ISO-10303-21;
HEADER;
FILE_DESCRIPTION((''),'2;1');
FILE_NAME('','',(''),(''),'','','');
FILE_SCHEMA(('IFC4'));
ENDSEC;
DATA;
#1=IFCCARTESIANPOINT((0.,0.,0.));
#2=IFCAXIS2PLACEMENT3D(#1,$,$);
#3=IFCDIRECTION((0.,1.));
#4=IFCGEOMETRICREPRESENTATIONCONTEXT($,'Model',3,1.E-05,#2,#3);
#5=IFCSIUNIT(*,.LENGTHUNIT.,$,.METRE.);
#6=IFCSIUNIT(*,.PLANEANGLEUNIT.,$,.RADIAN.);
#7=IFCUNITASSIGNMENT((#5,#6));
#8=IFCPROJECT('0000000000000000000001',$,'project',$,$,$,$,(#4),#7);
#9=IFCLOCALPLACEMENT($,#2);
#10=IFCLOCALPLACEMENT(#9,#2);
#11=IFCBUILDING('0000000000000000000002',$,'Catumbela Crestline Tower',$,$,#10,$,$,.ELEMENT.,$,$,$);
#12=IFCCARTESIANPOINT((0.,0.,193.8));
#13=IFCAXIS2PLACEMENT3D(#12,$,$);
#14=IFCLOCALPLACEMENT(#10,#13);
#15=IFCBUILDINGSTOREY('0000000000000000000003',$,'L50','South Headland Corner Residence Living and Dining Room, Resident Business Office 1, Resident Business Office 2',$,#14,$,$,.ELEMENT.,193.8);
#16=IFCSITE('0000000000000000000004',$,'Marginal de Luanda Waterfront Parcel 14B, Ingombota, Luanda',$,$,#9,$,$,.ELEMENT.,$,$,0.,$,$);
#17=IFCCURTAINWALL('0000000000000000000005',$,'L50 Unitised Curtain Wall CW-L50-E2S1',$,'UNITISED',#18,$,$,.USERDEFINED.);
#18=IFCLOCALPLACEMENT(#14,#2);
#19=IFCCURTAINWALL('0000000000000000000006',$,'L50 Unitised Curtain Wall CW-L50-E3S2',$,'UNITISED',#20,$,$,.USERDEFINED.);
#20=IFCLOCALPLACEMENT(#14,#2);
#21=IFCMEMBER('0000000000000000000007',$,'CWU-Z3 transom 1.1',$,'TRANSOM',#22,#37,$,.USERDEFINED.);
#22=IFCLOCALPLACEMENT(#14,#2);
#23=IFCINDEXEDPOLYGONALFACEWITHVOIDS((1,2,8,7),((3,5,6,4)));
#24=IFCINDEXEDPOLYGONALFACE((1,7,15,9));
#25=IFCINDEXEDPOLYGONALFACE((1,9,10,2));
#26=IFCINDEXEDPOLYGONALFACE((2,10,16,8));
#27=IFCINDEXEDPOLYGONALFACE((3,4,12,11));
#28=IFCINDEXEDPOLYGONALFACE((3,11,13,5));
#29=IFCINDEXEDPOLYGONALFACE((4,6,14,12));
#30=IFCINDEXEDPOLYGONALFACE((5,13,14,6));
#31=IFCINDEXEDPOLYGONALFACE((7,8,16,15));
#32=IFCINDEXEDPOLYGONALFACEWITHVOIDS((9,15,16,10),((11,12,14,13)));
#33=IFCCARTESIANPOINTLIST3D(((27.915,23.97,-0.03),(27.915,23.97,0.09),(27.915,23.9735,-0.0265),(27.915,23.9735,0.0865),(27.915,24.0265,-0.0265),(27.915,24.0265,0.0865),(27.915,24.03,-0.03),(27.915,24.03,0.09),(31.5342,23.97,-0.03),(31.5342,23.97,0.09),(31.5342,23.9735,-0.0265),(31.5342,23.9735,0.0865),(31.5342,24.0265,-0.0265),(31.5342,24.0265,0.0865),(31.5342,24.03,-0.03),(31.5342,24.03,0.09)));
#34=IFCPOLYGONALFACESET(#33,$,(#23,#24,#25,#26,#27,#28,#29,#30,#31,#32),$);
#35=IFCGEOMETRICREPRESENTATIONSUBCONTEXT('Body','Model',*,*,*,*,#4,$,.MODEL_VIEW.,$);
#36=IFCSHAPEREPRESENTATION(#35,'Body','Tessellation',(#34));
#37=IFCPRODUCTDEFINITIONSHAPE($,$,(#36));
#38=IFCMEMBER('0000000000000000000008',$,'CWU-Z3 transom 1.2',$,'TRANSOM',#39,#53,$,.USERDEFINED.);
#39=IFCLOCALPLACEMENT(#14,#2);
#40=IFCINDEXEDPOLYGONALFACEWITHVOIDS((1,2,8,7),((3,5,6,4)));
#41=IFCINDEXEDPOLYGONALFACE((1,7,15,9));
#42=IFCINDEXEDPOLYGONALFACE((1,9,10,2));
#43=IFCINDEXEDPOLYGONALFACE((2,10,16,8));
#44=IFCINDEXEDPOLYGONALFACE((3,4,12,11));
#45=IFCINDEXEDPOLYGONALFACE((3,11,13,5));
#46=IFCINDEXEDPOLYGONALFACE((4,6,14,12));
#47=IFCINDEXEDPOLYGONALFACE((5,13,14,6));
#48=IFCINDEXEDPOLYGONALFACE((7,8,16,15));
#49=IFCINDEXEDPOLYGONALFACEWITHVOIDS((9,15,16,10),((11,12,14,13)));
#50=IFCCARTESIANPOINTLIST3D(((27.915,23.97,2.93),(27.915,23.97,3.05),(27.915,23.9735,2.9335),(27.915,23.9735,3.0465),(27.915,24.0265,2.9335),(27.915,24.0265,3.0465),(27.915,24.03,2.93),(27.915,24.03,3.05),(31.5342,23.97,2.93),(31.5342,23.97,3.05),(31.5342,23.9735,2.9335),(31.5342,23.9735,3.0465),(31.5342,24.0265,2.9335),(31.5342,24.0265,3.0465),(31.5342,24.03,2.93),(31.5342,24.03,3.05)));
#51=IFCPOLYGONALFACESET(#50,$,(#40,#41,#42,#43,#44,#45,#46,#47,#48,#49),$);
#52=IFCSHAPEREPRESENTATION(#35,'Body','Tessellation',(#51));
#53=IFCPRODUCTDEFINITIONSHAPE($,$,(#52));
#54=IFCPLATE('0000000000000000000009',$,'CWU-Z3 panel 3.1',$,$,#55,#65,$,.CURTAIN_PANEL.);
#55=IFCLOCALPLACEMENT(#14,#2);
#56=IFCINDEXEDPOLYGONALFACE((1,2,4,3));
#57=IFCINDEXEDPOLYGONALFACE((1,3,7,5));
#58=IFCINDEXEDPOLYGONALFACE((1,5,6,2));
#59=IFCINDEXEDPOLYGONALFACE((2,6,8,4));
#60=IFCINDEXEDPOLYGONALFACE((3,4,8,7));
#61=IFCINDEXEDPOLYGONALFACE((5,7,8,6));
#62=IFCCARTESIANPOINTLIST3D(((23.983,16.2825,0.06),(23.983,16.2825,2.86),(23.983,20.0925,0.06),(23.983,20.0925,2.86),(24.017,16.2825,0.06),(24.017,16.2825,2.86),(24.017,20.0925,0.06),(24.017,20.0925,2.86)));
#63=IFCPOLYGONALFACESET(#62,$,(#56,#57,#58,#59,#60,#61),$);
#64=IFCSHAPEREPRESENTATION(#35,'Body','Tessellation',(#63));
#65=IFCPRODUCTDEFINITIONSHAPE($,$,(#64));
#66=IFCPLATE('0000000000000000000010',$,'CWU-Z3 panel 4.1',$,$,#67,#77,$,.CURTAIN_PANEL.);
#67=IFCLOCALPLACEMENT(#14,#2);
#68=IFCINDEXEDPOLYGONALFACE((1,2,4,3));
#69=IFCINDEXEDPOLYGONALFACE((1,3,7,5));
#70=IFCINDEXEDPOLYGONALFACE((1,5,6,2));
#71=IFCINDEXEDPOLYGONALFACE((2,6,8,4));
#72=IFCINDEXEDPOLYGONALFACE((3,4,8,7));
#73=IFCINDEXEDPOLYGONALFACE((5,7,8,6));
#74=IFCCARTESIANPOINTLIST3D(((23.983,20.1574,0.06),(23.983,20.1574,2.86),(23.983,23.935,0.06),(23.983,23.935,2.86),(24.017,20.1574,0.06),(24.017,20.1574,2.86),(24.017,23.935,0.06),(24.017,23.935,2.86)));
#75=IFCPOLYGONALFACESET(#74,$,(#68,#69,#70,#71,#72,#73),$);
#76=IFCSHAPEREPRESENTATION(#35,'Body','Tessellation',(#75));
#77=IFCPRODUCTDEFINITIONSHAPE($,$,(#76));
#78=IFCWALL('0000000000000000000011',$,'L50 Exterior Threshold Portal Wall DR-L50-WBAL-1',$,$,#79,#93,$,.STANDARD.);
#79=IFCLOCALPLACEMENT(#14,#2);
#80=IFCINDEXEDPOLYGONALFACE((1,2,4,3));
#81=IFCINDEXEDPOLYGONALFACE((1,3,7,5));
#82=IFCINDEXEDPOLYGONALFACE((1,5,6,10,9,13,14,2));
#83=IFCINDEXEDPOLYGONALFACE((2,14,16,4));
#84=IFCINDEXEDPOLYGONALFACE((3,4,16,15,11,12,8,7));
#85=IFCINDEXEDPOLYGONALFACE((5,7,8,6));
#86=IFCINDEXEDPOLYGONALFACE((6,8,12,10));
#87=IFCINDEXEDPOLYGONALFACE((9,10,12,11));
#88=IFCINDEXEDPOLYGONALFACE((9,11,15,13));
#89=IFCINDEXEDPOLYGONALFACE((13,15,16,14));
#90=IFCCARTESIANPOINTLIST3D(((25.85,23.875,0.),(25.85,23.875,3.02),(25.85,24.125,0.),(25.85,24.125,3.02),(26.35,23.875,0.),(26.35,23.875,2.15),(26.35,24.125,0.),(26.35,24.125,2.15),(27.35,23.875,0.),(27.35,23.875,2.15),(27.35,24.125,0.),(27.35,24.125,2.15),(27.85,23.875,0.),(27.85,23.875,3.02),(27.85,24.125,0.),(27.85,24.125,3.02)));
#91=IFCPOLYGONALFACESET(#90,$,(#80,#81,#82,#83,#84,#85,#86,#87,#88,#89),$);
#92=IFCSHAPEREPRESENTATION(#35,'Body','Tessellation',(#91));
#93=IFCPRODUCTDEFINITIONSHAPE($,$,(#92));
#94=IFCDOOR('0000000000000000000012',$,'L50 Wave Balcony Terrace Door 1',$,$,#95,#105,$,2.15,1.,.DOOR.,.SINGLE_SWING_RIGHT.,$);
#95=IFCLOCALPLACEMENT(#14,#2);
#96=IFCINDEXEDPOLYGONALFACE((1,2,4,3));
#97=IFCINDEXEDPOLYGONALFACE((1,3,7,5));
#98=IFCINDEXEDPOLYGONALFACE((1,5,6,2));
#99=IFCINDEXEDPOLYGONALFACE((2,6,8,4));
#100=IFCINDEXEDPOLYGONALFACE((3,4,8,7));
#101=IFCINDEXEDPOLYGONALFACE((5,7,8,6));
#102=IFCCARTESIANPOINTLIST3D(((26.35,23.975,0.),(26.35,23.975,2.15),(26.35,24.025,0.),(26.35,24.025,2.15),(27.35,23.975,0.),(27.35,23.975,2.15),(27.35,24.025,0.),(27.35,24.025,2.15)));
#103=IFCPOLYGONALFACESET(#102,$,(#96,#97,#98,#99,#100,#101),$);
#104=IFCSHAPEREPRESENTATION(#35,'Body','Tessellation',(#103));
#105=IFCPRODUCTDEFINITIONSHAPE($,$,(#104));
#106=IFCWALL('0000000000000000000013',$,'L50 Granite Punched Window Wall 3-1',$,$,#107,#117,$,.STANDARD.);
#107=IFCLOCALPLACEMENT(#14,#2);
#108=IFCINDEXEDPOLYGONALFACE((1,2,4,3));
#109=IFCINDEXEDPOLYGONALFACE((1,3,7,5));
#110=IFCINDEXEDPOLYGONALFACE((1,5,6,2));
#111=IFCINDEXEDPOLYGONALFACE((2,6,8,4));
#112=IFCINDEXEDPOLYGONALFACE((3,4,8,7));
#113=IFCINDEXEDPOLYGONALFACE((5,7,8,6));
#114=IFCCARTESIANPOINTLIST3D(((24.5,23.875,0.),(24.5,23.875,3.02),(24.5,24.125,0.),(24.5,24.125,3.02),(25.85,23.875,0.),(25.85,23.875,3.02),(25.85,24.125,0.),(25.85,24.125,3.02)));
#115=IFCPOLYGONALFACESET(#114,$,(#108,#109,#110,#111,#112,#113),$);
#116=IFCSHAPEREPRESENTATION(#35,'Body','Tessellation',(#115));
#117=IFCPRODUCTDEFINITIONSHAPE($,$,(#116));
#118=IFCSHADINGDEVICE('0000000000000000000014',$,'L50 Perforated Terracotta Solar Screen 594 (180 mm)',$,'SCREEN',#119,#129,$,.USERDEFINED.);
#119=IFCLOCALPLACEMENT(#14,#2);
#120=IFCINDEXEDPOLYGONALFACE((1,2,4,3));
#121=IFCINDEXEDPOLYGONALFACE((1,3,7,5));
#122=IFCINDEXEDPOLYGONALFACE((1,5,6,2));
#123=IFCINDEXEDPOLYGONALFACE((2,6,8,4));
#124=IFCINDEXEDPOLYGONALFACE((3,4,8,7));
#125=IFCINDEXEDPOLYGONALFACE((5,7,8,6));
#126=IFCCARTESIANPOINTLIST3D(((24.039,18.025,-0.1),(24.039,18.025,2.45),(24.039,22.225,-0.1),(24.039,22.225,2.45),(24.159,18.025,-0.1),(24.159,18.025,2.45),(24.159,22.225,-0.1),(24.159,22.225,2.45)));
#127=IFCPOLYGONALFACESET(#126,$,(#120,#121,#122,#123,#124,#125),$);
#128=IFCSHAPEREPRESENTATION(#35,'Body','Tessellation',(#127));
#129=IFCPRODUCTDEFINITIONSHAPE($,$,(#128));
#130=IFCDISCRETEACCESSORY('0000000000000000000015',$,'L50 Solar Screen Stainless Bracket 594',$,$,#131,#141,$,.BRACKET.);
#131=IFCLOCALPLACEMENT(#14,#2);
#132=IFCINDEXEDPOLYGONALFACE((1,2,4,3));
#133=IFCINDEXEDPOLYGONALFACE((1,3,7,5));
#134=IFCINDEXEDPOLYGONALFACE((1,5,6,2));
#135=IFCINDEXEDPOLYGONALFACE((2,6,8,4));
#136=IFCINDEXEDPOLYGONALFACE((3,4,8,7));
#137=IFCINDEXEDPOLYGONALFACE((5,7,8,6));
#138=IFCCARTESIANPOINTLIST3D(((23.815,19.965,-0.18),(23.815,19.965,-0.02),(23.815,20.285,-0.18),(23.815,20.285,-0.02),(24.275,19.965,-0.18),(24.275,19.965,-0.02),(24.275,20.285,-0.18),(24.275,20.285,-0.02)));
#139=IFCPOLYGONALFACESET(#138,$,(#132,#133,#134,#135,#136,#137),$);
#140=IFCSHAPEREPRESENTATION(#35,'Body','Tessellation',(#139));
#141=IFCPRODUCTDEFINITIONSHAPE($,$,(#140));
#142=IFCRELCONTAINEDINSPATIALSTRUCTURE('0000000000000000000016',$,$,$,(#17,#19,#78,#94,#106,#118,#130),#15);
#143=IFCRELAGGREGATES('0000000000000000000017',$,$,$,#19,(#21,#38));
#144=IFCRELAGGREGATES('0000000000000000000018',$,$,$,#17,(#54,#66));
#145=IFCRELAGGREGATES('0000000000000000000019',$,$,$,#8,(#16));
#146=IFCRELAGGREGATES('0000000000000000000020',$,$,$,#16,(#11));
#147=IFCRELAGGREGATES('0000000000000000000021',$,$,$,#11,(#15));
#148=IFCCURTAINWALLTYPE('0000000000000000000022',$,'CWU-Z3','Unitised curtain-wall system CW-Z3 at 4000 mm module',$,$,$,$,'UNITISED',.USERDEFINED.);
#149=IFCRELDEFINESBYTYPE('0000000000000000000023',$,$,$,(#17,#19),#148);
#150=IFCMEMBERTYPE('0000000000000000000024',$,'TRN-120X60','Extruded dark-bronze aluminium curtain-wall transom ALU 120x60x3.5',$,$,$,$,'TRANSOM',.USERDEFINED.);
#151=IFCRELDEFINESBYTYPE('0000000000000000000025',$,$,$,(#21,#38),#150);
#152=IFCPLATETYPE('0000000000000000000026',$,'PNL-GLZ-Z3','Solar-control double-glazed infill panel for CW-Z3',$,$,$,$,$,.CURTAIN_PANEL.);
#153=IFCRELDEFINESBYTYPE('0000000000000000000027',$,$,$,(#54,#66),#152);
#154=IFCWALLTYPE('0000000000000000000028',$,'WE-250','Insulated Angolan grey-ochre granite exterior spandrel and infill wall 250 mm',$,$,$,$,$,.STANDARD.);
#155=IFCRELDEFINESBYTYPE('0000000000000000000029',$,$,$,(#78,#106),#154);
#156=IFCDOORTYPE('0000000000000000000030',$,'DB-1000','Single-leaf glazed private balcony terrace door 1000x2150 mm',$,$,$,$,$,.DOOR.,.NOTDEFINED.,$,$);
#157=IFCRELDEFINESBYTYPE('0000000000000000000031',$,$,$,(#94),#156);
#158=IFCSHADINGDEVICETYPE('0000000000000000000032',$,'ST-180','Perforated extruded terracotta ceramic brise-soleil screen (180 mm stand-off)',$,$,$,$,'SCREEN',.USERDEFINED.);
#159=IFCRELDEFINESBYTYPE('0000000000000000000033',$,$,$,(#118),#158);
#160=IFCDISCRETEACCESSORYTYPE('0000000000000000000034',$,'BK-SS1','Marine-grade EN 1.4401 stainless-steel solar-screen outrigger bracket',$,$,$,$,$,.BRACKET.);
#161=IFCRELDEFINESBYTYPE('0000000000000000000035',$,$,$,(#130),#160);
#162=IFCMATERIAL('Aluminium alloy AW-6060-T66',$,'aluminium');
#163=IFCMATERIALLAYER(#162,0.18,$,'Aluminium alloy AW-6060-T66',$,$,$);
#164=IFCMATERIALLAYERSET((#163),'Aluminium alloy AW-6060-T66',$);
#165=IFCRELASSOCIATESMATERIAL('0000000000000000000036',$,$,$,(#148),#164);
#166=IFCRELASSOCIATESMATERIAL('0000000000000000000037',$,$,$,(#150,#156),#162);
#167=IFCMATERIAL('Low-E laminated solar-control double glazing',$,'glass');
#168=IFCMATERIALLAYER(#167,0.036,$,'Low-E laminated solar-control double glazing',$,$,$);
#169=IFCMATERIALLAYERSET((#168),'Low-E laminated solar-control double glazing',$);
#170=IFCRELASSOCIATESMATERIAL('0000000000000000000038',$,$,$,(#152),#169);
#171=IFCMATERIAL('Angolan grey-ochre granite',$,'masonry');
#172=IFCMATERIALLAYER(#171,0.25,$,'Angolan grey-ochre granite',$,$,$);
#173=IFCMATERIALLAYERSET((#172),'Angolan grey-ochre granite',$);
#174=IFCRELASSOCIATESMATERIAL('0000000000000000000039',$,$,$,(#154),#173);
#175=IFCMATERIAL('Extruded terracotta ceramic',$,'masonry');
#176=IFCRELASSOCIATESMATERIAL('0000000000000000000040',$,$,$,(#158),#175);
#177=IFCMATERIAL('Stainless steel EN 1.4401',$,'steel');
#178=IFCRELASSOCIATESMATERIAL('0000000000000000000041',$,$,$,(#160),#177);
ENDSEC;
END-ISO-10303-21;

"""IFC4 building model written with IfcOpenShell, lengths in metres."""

from ifc_helpers import new_model, si_unit, direction, frame, frame_2d, origin, origin_2d, place, context, subcontext, project, spatial, rectangle, hollow_rectangle, extrude, material, layer, layer_set, material_profile, profile_set, type_object, element, fill, aggregate, save


model = new_model("IFC4")

# Units and contexts
model_context = context("Model", 3, precision=1e-05, world=origin(), true_north=direction((0.0, 1.0)))
body_context = subcontext(model_context, "Body", "Model", "MODEL_VIEW")
ifc_project = project(units=[si_unit("LENGTHUNIT", "METRE"), si_unit("PLANEANGLEUNIT", "RADIAN")], contexts=[model_context])

# Site, building, storey
site_placement = place(None, origin())
site = spatial("IfcSite", under=ifc_project, at=site_placement, Name="Marginal de Luanda Waterfront Parcel 14B, Ingombota, Luanda", CompositionType="ELEMENT", RefElevation=0.0)
building_placement = place(site_placement, origin())
building = spatial("IfcBuilding", under=site, at=building_placement, Name="Catumbela Crestline Tower", CompositionType="ELEMENT")
storey_placement = place(building_placement, frame((0.0, 0.0, 193.8)))
storey = spatial("IfcBuildingStorey", under=building, at=storey_placement, Name="L50", Description="South Headland Corner Residence Living and Dining Room, Resident Business Office 1, Resident Business Office 2", CompositionType="ELEMENT", Elevation=193.8)

# Curtain wall
ifc_material_1 = material(Name="Aluminium alloy AW-6060-T66", Category="aluminium")
ifc_layer_1 = layer(ifc_material_1, 0.18, Name="Aluminium alloy AW-6060-T66")
ifc_layer_set_1 = layer_set([ifc_layer_1], Name="Aluminium alloy AW-6060-T66")
curtain_wall_type = type_object("IfcCurtainWallType", Name="CWU-Z3", Description="Unitised curtain-wall system CW-Z3 at 4000 mm module", ElementType="UNITISED", PredefinedType="USERDEFINED", material=ifc_layer_set_1)
curtain_wall_1_placement = place(storey_placement, origin())
curtain_wall_1 = element("IfcCurtainWall", 1, at=curtain_wall_1_placement, inside=storey, type_object=curtain_wall_type, Name="L50 Unitised Curtain Wall CW-L50-E2S1", ObjectType="UNITISED", PredefinedType="USERDEFINED")

# Curtain wall
curtain_wall_2_placement = place(storey_placement, origin())
curtain_wall_2 = element("IfcCurtainWall", 2, at=curtain_wall_2_placement, inside=storey, type_object=curtain_wall_type, Name="L50 Unitised Curtain Wall CW-L50-E3S2", ObjectType="UNITISED", PredefinedType="USERDEFINED")

# Members
ifc_material_profile_1 = material_profile(ifc_material_1, hollow_rectangle(XDim=0.06, YDim=0.12, WallThickness=0.0035, at=origin_2d()), Name="ALU 120x60x3.5")
ifc_profile_set_1 = profile_set([ifc_material_profile_1], Name="Aluminium alloy AW-6060-T66")
member_type_1 = type_object("IfcMemberType", Name="TRN-120X60", Description="Extruded dark-bronze aluminium curtain-wall transom ALU 120x60x3.5", ElementType="TRANSOM", PredefinedType="USERDEFINED", material=ifc_profile_set_1)
member_1_placement = place(storey_placement, frame((27.915, 24.0, 0.03), z_axis=(1.0, 0.0, 0.0), x_axis=(0.0, 1.0, 0.0)))
member_1 = element("IfcMember", 3, at=member_1_placement, type_object=member_type_1, Name="CWU-Z3 transom 1.1", ObjectType="TRANSOM", PredefinedType="USERDEFINED", context=body_context, shape_type="SweptSolid", body=[
    extrude(hollow_rectangle(XDim=0.06, YDim=0.12, WallThickness=0.0035, at=origin_2d()), origin(), (0.0, 0.0, 1.0), 3.6192),
])
member_2_placement = place(storey_placement, frame((27.915, 24.0, 2.99), z_axis=(1.0, 0.0, 0.0), x_axis=(0.0, 1.0, 0.0)))
member_2 = element("IfcMember", 4, at=member_2_placement, type_object=member_type_1, Name="CWU-Z3 transom 1.2", ObjectType="TRANSOM", PredefinedType="USERDEFINED", context=body_context, shape_type="SweptSolid", body=[
    extrude(hollow_rectangle(XDim=0.06, YDim=0.12, WallThickness=0.0035, at=origin_2d()), origin(), (0.0, 0.0, 1.0), 3.6192),
])
aggregate(curtain_wall_2, [member_1, member_2])

# Plates
ifc_material_2 = material(Name="Low-E laminated solar-control double glazing", Category="glass")
ifc_layer_2 = layer(ifc_material_2, 0.036, Name="Low-E laminated solar-control double glazing")
ifc_layer_set_2 = layer_set([ifc_layer_2], Name="Low-E laminated solar-control double glazing")
plate_type = type_object("IfcPlateType", Name="PNL-GLZ-Z3", Description="Solar-control double-glazed infill panel for CW-Z3", PredefinedType="CURTAIN_PANEL", material=ifc_layer_set_2)
plate_1_placement = place(storey_placement, frame((24.0, 18.1875, 0.06), z_axis=(0.0, 0.0, 1.0), x_axis=(0.0, 1.0, 0.0)))
plate_1 = element("IfcPlate", 5, at=plate_1_placement, type_object=plate_type, Name="CWU-Z3 panel 3.1", PredefinedType="CURTAIN_PANEL", context=body_context, shape_type="SweptSolid", body=[
    extrude(rectangle(XDim=3.81, YDim=0.034, at=origin_2d()), origin(), (0.0, 0.0, 1.0), 2.8),
])
plate_2_placement = place(storey_placement, frame((24.0, 22.0462, 0.06), z_axis=(0.0, 0.0, 1.0), x_axis=(0.0, 1.0, 0.0)))
plate_2 = element("IfcPlate", 6, at=plate_2_placement, type_object=plate_type, Name="CWU-Z3 panel 4.1", PredefinedType="CURTAIN_PANEL", context=body_context, shape_type="SweptSolid", body=[
    extrude(rectangle(XDim=3.7775, YDim=0.034, at=origin_2d()), origin(), (0.0, 0.0, 1.0), 2.8),
])
aggregate(curtain_wall_1, [plate_1, plate_2])

# Wall, opening, door
ifc_material_3 = material(Name="Angolan grey-ochre granite", Category="masonry")
ifc_layer_3 = layer(ifc_material_3, 0.25, Name="Angolan grey-ochre granite")
ifc_layer_set_3 = layer_set([ifc_layer_3], Name="Angolan grey-ochre granite")
wall_type = type_object("IfcWallType", Name="WE-250", Description="Insulated Angolan grey-ochre granite exterior spandrel and infill wall 250 mm", PredefinedType="STANDARD", material=ifc_layer_set_3)
wall_1_placement = place(storey_placement, frame((25.85, 24.0, 0.0), z_axis=(0.0, 0.0, 1.0), x_axis=(1.0, 0.0, 0.0)))
wall_1 = element("IfcWall", 7, at=wall_1_placement, inside=storey, type_object=wall_type, Name="L50 Exterior Threshold Portal Wall DR-L50-WBAL-1", PredefinedType="STANDARD", context=body_context, shape_type="SweptSolid", body=[
    extrude(rectangle(XDim=2.0, YDim=0.25, at=frame_2d((1.0, 0.0))), origin(), (0.0, 0.0, 1.0), 3.02),
])
opening_placement = place(wall_1_placement, frame((0.5, 0.0, 0.0)))
opening = element("IfcOpeningElement", 8, at=opening_placement, cuts=wall_1, PredefinedType="OPENING", context=body_context, shape_type="SweptSolid", body=[
    extrude(rectangle(XDim=1.0, YDim=2.15, at=frame_2d((0.5, 1.075))), frame((0.0, 0.135, 0.0), z_axis=(0.0, -1.0, 0.0), x_axis=(1.0, 0.0, 0.0)), (0.0, 0.0, 1.0), 0.27),
])
door_type = type_object("IfcDoorType", Name="DB-1000", Description="Single-leaf glazed private balcony terrace door 1000x2150 mm", OperationType="NOTDEFINED", PredefinedType="DOOR", material=ifc_material_1)
door_placement = place(opening_placement, origin())
door = element("IfcDoor", 9, at=door_placement, inside=storey, type_object=door_type, Name="L50 Wave Balcony Terrace Door 1", OperationType="SINGLE_SWING_RIGHT", OverallHeight=2.15, OverallWidth=1.0, PredefinedType="DOOR", context=body_context, shape_type="SweptSolid", body=[
    extrude(rectangle(XDim=1.0, YDim=2.15, at=frame_2d((0.5, 1.075))), frame((0.0, 0.025, 0.0), z_axis=(0.0, -1.0, 0.0), x_axis=(1.0, 0.0, 0.0)), (0.0, 0.0, 1.0), 0.05),
])
fill(opening, door)

# Wall
wall_2_placement = place(storey_placement, frame((24.5, 24.0, 0.0), z_axis=(0.0, 0.0, 1.0), x_axis=(1.0, 0.0, 0.0)))
element("IfcWall", 10, at=wall_2_placement, inside=storey, type_object=wall_type, Name="L50 Granite Punched Window Wall 3-1", PredefinedType="STANDARD", context=body_context, shape_type="SweptSolid", body=[
    extrude(rectangle(XDim=1.35, YDim=0.25, at=frame_2d((0.675, 0.0))), origin(), (0.0, 0.0, 1.0), 3.02),
])

# Shared definitions
ifc_material_4 = material(Name="Stainless steel EN 1.4401", Category="steel")

# Shading device
ifc_material_5 = material(Name="Extruded terracotta ceramic", Category="masonry")
shading_device_type = type_object("IfcShadingDeviceType", Name="ST-180", Description="Perforated extruded terracotta ceramic brise-soleil screen (180 mm stand-off)", ElementType="SCREEN", PredefinedType="USERDEFINED", material=ifc_material_5)
shading_device_placement = place(storey_placement, frame((24.099, 20.125, -0.1), z_axis=(0.0, 0.0, 1.0), x_axis=(0.0, 1.0, 0.0)))
element("IfcShadingDevice", 11, at=shading_device_placement, inside=storey, type_object=shading_device_type, Name="L50 Perforated Terracotta Solar Screen 594 (180 mm)", ObjectType="SCREEN", PredefinedType="USERDEFINED", context=body_context, shape_type="SweptSolid", body=[
    extrude(rectangle(XDim=4.2, YDim=0.12, at=origin_2d()), origin(), (0.0, 0.0, 1.0), 2.55),
])

# Discrete accessory
discrete_accessory_type = type_object("IfcDiscreteAccessoryType", Name="BK-SS1", Description="Marine-grade EN 1.4401 stainless-steel solar-screen outrigger bracket", PredefinedType="BRACKET", material=ifc_material_4)
discrete_accessory_placement = place(storey_placement, frame((24.045, 20.125, -0.18), z_axis=(0.0, 0.0, 1.0), x_axis=(0.0, 1.0, 0.0)))
element("IfcDiscreteAccessory", 12, at=discrete_accessory_placement, inside=storey, type_object=discrete_accessory_type, Name="L50 Solar Screen Stainless Bracket 594", PredefinedType="BRACKET", context=body_context, shape_type="SweptSolid", body=[
    extrude(rectangle(XDim=0.32, YDim=0.46, at=origin_2d()), origin(), (0.0, 0.0, 1.0), 0.16),
])

save(model, "model.ifc")
